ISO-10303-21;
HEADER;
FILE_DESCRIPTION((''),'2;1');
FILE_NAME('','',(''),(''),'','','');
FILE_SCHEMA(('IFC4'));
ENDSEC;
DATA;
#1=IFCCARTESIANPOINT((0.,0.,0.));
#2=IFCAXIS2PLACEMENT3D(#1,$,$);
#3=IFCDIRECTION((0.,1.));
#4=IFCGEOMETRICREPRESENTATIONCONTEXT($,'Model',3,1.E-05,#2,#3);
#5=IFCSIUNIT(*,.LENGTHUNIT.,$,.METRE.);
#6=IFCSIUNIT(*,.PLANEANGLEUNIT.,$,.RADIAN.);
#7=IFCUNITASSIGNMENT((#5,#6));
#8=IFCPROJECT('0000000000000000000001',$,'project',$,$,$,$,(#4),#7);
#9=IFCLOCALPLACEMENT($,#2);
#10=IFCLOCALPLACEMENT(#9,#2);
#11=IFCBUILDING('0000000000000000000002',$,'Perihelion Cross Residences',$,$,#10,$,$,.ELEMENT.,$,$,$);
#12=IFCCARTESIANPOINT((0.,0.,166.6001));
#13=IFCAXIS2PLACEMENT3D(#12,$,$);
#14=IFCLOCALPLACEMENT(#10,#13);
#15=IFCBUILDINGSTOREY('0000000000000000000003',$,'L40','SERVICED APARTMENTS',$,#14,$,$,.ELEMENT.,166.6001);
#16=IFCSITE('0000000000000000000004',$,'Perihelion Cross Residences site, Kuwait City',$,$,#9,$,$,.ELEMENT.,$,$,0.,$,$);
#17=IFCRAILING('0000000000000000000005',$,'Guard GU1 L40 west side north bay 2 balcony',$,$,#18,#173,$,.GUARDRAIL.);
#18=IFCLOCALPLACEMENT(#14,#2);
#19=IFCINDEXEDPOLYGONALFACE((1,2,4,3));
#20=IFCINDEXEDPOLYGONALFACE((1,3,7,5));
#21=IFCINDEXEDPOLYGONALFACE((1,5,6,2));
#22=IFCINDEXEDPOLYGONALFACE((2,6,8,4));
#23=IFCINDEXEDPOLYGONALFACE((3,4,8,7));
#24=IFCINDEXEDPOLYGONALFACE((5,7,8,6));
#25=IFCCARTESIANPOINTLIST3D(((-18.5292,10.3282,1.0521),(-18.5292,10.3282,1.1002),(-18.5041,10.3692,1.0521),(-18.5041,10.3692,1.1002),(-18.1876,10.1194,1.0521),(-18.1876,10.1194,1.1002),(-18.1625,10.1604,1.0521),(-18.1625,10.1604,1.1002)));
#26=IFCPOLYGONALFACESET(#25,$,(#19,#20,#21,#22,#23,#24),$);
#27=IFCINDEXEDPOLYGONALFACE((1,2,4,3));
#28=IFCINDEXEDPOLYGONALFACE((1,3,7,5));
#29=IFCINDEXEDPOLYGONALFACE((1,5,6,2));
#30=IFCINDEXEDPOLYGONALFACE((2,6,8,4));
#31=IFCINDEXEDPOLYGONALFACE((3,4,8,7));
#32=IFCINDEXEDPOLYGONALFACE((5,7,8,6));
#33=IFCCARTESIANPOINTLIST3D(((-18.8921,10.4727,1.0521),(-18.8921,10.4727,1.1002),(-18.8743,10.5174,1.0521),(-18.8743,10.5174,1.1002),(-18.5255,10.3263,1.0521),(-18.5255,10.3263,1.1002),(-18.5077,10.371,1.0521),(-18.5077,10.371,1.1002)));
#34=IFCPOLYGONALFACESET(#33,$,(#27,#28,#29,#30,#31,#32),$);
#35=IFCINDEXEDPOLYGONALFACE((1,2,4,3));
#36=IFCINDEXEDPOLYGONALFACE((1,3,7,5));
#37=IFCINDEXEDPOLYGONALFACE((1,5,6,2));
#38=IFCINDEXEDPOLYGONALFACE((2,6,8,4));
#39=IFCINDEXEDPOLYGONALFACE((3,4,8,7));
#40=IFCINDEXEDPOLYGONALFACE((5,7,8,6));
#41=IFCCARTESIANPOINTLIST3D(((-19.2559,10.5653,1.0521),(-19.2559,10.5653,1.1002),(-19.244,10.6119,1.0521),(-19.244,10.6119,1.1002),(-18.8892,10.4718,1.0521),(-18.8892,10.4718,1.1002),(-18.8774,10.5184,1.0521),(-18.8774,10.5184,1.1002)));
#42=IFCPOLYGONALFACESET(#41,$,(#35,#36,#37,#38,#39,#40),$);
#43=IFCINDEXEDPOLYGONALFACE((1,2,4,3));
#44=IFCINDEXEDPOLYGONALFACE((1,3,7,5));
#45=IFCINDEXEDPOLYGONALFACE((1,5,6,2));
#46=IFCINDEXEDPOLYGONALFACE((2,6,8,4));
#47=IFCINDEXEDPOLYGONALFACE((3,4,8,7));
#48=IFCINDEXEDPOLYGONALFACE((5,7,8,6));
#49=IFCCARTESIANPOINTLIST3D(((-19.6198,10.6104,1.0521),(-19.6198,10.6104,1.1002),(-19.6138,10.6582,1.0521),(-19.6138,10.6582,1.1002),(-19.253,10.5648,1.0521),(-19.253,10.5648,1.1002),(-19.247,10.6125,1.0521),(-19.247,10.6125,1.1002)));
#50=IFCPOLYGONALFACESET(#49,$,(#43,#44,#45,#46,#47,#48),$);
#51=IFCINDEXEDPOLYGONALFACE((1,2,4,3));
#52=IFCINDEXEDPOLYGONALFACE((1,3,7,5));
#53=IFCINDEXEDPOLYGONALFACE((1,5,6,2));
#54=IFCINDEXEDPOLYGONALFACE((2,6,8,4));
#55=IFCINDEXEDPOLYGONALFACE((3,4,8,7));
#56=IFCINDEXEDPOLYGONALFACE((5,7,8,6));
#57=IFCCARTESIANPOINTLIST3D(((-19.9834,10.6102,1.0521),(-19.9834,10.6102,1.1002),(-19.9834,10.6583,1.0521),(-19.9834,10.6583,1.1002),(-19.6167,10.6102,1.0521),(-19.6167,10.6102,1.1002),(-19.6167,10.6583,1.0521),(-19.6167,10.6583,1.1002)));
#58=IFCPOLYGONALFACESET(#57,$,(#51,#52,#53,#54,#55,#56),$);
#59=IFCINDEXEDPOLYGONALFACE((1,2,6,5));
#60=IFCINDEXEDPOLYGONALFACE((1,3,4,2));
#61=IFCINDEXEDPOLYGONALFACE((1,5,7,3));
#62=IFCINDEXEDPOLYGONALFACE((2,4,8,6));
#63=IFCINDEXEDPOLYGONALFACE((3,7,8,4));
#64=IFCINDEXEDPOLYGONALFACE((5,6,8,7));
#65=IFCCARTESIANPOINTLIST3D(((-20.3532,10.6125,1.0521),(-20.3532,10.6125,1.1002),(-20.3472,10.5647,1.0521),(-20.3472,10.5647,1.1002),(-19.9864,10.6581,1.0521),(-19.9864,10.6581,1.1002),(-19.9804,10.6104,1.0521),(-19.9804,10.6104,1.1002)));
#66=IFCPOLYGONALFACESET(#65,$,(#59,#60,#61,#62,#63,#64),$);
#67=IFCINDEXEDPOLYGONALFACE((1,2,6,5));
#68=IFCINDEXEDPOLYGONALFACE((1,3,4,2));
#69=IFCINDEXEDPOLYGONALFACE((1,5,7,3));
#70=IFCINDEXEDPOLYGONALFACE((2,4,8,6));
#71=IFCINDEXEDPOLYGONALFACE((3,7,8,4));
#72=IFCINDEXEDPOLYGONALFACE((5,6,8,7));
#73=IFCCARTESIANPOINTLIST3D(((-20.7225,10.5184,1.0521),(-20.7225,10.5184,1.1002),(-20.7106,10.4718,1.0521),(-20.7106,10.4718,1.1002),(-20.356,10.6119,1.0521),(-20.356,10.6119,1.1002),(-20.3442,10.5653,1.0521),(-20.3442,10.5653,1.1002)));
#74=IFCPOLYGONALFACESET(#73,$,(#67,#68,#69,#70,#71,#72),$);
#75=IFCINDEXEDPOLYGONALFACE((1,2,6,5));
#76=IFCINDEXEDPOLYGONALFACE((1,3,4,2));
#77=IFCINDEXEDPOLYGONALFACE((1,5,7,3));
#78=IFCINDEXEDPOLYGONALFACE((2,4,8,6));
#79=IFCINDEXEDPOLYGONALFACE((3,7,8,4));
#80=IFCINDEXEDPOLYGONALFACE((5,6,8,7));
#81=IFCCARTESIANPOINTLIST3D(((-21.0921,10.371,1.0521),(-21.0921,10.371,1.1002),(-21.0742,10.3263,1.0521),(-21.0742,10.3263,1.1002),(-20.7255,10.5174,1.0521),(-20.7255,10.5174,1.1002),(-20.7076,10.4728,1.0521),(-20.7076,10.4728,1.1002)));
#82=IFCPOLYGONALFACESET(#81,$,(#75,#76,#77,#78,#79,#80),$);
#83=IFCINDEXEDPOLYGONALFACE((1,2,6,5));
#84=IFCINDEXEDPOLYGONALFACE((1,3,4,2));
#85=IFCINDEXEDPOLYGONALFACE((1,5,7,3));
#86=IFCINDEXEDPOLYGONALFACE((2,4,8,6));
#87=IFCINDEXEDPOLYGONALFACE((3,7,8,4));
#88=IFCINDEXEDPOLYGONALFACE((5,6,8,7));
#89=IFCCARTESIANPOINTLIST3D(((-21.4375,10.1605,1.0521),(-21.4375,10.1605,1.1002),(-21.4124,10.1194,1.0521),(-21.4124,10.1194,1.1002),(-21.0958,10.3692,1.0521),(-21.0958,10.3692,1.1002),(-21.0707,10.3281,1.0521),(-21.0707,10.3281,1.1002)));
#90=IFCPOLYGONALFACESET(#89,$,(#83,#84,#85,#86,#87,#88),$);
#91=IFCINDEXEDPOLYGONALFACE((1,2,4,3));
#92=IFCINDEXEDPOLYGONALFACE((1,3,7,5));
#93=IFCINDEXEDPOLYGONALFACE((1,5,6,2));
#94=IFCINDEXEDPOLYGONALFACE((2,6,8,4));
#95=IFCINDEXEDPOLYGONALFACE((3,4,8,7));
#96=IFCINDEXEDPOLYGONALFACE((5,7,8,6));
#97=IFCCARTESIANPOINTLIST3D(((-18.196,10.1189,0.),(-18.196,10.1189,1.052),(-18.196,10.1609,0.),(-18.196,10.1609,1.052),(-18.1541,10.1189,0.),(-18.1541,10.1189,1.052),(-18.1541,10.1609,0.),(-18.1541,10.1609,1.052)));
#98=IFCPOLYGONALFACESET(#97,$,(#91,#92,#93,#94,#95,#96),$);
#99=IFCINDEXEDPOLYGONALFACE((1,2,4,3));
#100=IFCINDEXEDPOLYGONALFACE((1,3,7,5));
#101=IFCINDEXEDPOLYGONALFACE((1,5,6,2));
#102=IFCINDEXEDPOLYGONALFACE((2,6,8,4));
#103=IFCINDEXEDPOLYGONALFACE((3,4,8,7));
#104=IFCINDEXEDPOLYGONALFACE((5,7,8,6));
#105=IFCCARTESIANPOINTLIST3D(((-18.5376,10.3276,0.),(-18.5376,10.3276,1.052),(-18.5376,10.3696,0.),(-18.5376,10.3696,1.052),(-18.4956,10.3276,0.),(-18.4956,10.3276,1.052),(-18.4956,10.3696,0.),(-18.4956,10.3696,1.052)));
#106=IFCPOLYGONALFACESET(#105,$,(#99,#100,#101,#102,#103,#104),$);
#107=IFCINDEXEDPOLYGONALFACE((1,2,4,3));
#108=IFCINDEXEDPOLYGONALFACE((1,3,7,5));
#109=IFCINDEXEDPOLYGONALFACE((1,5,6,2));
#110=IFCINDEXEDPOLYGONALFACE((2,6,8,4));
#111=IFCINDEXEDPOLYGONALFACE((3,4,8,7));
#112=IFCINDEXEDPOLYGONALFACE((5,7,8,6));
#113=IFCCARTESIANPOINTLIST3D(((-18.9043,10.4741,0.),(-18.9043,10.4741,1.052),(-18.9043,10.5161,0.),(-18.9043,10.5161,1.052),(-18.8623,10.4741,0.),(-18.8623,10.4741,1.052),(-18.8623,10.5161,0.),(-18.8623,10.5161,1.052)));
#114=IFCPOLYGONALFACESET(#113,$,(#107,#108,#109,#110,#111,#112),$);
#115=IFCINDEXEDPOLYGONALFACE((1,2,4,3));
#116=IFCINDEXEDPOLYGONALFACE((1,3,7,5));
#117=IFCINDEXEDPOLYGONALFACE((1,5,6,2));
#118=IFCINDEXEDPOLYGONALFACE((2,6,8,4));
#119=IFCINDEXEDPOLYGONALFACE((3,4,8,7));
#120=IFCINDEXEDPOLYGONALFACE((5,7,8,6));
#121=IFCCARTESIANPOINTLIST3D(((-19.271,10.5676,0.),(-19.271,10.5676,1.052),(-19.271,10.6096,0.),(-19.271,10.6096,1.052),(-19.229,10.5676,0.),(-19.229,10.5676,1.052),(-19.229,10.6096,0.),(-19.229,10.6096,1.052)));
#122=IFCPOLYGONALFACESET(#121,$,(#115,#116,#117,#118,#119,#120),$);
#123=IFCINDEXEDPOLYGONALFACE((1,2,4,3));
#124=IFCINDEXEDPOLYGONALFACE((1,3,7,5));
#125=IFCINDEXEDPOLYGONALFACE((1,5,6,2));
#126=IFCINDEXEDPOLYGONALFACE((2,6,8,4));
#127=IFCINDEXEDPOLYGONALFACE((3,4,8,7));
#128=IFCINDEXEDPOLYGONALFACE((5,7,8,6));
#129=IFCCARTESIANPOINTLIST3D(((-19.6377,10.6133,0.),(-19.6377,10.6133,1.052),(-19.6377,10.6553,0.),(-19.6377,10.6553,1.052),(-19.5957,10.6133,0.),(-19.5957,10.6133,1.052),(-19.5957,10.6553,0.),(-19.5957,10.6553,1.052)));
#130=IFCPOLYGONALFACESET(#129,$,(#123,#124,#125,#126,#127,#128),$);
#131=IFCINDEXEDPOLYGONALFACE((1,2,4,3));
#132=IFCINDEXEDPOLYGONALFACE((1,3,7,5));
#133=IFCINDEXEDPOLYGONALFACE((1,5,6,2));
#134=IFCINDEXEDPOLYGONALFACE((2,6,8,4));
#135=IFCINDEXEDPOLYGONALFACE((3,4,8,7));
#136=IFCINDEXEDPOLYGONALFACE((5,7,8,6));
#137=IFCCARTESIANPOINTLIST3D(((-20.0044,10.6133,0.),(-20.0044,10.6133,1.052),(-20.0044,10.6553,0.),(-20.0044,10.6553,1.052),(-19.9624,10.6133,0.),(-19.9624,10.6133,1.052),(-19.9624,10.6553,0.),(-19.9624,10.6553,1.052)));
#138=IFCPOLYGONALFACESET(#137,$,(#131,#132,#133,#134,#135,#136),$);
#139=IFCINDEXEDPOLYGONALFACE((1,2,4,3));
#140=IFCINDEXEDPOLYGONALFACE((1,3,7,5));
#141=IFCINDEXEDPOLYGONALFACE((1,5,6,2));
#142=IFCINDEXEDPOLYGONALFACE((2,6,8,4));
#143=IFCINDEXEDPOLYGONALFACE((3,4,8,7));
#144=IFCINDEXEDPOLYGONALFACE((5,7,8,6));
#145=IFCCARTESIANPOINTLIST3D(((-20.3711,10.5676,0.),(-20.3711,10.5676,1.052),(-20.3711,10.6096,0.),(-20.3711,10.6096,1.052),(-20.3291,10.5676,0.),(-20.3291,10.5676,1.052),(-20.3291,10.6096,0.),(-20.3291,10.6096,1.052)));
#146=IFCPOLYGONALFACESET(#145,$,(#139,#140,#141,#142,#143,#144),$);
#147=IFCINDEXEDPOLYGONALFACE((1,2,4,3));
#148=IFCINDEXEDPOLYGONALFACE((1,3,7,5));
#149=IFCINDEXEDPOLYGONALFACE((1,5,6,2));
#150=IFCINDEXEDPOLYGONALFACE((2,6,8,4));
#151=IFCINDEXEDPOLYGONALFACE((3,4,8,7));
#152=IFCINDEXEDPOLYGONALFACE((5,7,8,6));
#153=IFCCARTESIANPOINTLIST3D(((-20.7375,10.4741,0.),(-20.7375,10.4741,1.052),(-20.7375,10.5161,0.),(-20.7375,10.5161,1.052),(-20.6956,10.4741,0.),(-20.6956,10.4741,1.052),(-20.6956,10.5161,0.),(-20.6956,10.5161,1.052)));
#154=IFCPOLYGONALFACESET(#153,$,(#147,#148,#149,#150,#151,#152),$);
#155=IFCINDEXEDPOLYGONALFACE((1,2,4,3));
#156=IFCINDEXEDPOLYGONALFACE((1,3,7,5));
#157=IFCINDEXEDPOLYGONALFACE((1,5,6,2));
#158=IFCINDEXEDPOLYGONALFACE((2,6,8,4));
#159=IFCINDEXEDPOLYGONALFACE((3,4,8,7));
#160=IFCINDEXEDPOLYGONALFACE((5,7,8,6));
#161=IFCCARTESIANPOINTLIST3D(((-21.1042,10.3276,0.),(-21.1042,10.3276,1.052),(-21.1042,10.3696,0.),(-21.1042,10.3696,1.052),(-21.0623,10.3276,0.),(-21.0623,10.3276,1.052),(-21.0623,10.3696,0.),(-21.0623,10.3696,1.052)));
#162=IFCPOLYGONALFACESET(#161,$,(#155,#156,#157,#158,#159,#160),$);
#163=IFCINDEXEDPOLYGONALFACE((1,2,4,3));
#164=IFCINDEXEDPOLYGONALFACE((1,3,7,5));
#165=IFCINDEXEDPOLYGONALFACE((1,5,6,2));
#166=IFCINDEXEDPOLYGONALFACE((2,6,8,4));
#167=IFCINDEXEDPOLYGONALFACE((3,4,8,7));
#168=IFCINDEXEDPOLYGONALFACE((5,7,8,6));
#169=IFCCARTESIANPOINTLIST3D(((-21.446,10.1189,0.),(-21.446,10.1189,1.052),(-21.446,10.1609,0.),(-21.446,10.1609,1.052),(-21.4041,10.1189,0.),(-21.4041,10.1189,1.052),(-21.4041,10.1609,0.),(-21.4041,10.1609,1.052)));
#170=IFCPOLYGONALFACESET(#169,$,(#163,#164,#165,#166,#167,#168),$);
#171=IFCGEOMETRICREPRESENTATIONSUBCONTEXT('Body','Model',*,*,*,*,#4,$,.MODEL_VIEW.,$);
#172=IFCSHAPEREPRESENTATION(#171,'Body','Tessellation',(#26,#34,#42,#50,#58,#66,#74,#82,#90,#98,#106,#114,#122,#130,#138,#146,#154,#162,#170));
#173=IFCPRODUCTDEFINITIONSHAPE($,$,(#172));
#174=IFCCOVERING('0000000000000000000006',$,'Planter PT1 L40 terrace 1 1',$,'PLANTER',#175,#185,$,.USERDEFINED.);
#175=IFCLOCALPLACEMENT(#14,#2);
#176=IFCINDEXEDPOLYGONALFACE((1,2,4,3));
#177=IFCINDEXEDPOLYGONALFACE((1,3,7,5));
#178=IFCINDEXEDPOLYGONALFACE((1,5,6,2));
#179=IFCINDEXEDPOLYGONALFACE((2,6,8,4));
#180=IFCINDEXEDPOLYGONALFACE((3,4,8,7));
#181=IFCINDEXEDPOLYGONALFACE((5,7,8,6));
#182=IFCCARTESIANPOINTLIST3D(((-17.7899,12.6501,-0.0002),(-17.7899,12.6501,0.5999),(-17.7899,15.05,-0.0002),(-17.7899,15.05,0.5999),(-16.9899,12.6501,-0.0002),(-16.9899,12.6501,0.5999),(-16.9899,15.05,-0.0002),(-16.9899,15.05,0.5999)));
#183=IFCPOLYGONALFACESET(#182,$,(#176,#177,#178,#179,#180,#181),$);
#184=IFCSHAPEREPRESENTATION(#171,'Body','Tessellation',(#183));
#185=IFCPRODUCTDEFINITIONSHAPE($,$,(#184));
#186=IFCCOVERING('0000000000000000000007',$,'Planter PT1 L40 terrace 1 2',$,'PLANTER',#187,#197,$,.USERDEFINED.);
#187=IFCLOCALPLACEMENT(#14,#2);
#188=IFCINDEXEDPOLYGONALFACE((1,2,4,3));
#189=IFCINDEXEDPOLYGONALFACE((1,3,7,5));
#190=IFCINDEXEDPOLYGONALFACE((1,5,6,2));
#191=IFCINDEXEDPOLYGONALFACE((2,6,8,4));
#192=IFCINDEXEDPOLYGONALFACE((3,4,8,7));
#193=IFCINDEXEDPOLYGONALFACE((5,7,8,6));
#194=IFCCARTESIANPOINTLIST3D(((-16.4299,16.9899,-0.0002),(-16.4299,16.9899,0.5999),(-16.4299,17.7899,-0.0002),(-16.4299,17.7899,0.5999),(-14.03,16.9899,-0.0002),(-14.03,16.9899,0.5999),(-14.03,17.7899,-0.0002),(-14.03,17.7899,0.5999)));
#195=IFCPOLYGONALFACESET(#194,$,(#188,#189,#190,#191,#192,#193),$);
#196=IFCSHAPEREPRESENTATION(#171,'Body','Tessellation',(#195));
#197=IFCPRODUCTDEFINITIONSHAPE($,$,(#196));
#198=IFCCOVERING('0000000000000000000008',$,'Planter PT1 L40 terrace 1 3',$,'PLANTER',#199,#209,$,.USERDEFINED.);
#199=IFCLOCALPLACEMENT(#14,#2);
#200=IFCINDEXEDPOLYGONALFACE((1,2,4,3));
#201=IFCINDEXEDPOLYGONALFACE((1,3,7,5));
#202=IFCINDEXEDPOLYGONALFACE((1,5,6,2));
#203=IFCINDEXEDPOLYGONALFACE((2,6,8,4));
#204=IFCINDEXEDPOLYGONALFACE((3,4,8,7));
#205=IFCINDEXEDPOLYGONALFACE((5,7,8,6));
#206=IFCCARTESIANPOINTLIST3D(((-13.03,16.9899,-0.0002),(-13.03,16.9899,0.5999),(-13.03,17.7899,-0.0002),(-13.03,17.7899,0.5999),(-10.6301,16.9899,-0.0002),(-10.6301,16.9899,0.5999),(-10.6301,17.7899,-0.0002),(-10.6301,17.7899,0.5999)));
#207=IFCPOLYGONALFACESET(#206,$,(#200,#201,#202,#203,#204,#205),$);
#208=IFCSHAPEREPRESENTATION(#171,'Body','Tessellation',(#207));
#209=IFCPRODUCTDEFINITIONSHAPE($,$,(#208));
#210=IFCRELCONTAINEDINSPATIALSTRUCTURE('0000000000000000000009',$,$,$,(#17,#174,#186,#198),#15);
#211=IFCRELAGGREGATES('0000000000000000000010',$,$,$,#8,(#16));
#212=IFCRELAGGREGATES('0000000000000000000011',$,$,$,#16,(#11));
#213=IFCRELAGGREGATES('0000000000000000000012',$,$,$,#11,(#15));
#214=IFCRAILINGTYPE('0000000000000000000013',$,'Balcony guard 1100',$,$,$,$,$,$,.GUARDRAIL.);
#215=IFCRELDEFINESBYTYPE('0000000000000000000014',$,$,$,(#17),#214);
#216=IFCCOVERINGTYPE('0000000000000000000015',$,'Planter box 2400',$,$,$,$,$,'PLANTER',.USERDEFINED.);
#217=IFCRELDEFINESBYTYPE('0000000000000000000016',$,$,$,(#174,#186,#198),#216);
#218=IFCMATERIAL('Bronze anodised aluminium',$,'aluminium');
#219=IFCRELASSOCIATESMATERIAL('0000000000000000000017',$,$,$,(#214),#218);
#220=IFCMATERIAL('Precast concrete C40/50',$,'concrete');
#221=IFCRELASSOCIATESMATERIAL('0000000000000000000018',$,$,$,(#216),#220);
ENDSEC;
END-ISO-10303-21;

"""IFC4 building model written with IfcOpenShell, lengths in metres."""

from ifc_helpers import new_model, si_unit, direction, frame, origin, origin_2d, place, context, subcontext, project, spatial, rectangle, extrude, material, type_object, element, save


model = new_model("IFC4")

# Units and contexts
model_context = context("Model", 3, precision=1e-05, world=origin(), true_north=direction((0.0, 1.0)))
body_context = subcontext(model_context, "Body", "Model", "MODEL_VIEW")
ifc_project = project(units=[si_unit("LENGTHUNIT", "METRE"), si_unit("PLANEANGLEUNIT", "RADIAN")], contexts=[model_context])

# Site, building, storey
site_placement = place(None, origin())
site = spatial("IfcSite", under=ifc_project, at=site_placement, Name="Perihelion Cross Residences site, Kuwait City", CompositionType="ELEMENT", RefElevation=0.0)
building_placement = place(site_placement, origin())
building = spatial("IfcBuilding", under=site, at=building_placement, Name="Perihelion Cross Residences", CompositionType="ELEMENT")
storey_placement = place(building_placement, frame((0.0, 0.0, 166.6001)))
storey = spatial("IfcBuildingStorey", under=building, at=storey_placement, Name="L40", Description="SERVICED APARTMENTS", CompositionType="ELEMENT", Elevation=166.6001)

# Railing
ifc_material_1 = material(Name="Bronze anodised aluminium", Category="aluminium")
railing_type_1 = type_object("IfcRailingType", Name="Balcony guard 1100", PredefinedType="GUARDRAIL", material=ifc_material_1)
railing_1_placement = place(storey_placement, frame((-18.175, 10.1399, 0.0)))
element("IfcRailing", 1, at=railing_1_placement, inside=storey, type_object=railing_type_1, Name="Guard GU1 L40 west side north bay 2 balcony", PredefinedType="GUARDRAIL", context=body_context, shape_type="SweptSolid", body=[
    extrude(rectangle(XDim=0.0481, YDim=0.0481, at=origin_2d()), frame((0.0, 0.0, 1.0762), z_axis=(-0.853267, 0.521475, 0.0), x_axis=(-0.521475, -0.853267, 0.0)), (0.0, 0.0, 1.0), 0.4004),
    extrude(rectangle(XDim=0.0481, YDim=0.0481, at=origin_2d()), frame((-0.3416, 0.2087, 1.0762), z_axis=(-0.928647, 0.370964, 0.0), x_axis=(-0.370964, -0.928647, 0.0)), (0.0, 0.0, 1.0), 0.3948),
    extrude(rectangle(XDim=0.0481, YDim=0.0481, at=origin_2d()), frame((-0.7083, 0.3552, 1.0762), z_axis=(-0.968993, 0.247087, 0.0), x_axis=(-0.247087, -0.968993, 0.0)), (0.0, 0.0, 1.0), 0.3784),
    extrude(rectangle(XDim=0.0481, YDim=0.0481, at=origin_2d()), frame((-1.075, 0.4487, 1.0762), z_axis=(-0.992339, 0.123547, 0.0), x_axis=(-0.123547, -0.992339, 0.0)), (0.0, 0.0, 1.0), 0.3696),
    extrude(rectangle(XDim=0.0481, YDim=0.0481, at=origin_2d()), frame((-1.4417, 0.4944, 1.0762), z_axis=(-1.0, 0.0, 0.0), x_axis=(0.0, -1.0, 0.0)), (0.0, 0.0, 1.0), 0.3667),
    extrude(rectangle(XDim=0.0481, YDim=0.0481, at=origin_2d()), frame((-1.8083, 0.4944, 1.0762), z_axis=(-0.992339, -0.123547, 0.0), x_axis=(0.123547, -0.992339, 0.0)), (0.0, 0.0, 1.0), 0.3696),
    extrude(rectangle(XDim=0.0481, YDim=0.0481, at=origin_2d()), frame((-2.175, 0.4487, 1.0762), z_axis=(-0.968954, -0.247241, 0.0), x_axis=(0.247241, -0.968954, 0.0)), (0.0, 0.0, 1.0), 0.3782),
    extrude(rectangle(XDim=0.0481, YDim=0.0481, at=origin_2d()), frame((-2.5415, 0.3552, 1.0762), z_axis=(-0.928647, -0.370964, 0.0), x_axis=(0.370964, -0.928647, 0.0)), (0.0, 0.0, 1.0), 0.3948),
    extrude(rectangle(XDim=0.0481, YDim=0.0481, at=origin_2d()), frame((-2.9082, 0.2087, 1.0762), z_axis=(-0.853432, -0.521203, 0.0), x_axis=(0.521203, -0.853432, 0.0)), (0.0, 0.0, 1.0), 0.4004),
    extrude(rectangle(XDim=0.042, YDim=0.042, at=origin_2d()), origin(), (0.0, 0.0, 1.0), 1.052),
    extrude(rectangle(XDim=0.042, YDim=0.042, at=origin_2d()), frame((-0.3416, 0.2087, 0.0)), (0.0, 0.0, 1.0), 1.052),
    extrude(rectangle(XDim=0.042, YDim=0.042, at=origin_2d()), frame((-0.7083, 0.3552, 0.0)), (0.0, 0.0, 1.0), 1.052),
    extrude(rectangle(XDim=0.042, YDim=0.042, at=origin_2d()), frame((-1.075, 0.4487, 0.0)), (0.0, 0.0, 1.0), 1.052),
    extrude(rectangle(XDim=0.042, YDim=0.042, at=origin_2d()), frame((-1.4417, 0.4944, 0.0)), (0.0, 0.0, 1.0), 1.052),
    extrude(rectangle(XDim=0.042, YDim=0.042, at=origin_2d()), frame((-1.8083, 0.4944, 0.0)), (0.0, 0.0, 1.0), 1.052),
    extrude(rectangle(XDim=0.042, YDim=0.042, at=origin_2d()), frame((-2.175, 0.4487, 0.0)), (0.0, 0.0, 1.0), 1.052),
    extrude(rectangle(XDim=0.042, YDim=0.042, at=origin_2d()), frame((-2.5415, 0.3552, 0.0)), (0.0, 0.0, 1.0), 1.052),
    extrude(rectangle(XDim=0.042, YDim=0.042, at=origin_2d()), frame((-2.9082, 0.2087, 0.0)), (0.0, 0.0, 1.0), 1.052),
    extrude(rectangle(XDim=0.042, YDim=0.042, at=origin_2d()), frame((-3.25, 0.0, 0.0)), (0.0, 0.0, 1.0), 1.052),
])

# Coverings
ifc_material_2 = material(Name="Precast concrete C40/50", Category="concrete")
covering_type = type_object("IfcCoveringType", Name="Planter box 2400", ElementType="PLANTER", PredefinedType="USERDEFINED", material=ifc_material_2)
for number, where, z_axis, x_axis, name in (
    (2, (-17.3899, 13.8501, -0.0002), (0.0, 0.0, 1.0), (0.0, 1.0, 0.0), "Planter PT1 L40 terrace 1 1"),
    (3, (-15.23, 17.3899, -0.0002), (0.0, 0.0, 1.0), (1.0, 0.0, 0.0), "Planter PT1 L40 terrace 1 2"),
    (4, (-11.8301, 17.3899, -0.0002), (0.0, 0.0, 1.0), (1.0, 0.0, 0.0), "Planter PT1 L40 terrace 1 3"),
):
    element("IfcCovering", number, at=place(storey_placement, frame(where, z_axis=z_axis, x_axis=x_axis)), inside=storey, type_object=covering_type, Name=name, ObjectType="PLANTER", PredefinedType="USERDEFINED", context=body_context, shape_type="SweptSolid", body=[
        extrude(rectangle(XDim=2.3999, YDim=0.8, at=origin_2d()), origin(), (0.0, 0.0, 1.0), 0.6001),
    ])

save(model, "model.ifc")
